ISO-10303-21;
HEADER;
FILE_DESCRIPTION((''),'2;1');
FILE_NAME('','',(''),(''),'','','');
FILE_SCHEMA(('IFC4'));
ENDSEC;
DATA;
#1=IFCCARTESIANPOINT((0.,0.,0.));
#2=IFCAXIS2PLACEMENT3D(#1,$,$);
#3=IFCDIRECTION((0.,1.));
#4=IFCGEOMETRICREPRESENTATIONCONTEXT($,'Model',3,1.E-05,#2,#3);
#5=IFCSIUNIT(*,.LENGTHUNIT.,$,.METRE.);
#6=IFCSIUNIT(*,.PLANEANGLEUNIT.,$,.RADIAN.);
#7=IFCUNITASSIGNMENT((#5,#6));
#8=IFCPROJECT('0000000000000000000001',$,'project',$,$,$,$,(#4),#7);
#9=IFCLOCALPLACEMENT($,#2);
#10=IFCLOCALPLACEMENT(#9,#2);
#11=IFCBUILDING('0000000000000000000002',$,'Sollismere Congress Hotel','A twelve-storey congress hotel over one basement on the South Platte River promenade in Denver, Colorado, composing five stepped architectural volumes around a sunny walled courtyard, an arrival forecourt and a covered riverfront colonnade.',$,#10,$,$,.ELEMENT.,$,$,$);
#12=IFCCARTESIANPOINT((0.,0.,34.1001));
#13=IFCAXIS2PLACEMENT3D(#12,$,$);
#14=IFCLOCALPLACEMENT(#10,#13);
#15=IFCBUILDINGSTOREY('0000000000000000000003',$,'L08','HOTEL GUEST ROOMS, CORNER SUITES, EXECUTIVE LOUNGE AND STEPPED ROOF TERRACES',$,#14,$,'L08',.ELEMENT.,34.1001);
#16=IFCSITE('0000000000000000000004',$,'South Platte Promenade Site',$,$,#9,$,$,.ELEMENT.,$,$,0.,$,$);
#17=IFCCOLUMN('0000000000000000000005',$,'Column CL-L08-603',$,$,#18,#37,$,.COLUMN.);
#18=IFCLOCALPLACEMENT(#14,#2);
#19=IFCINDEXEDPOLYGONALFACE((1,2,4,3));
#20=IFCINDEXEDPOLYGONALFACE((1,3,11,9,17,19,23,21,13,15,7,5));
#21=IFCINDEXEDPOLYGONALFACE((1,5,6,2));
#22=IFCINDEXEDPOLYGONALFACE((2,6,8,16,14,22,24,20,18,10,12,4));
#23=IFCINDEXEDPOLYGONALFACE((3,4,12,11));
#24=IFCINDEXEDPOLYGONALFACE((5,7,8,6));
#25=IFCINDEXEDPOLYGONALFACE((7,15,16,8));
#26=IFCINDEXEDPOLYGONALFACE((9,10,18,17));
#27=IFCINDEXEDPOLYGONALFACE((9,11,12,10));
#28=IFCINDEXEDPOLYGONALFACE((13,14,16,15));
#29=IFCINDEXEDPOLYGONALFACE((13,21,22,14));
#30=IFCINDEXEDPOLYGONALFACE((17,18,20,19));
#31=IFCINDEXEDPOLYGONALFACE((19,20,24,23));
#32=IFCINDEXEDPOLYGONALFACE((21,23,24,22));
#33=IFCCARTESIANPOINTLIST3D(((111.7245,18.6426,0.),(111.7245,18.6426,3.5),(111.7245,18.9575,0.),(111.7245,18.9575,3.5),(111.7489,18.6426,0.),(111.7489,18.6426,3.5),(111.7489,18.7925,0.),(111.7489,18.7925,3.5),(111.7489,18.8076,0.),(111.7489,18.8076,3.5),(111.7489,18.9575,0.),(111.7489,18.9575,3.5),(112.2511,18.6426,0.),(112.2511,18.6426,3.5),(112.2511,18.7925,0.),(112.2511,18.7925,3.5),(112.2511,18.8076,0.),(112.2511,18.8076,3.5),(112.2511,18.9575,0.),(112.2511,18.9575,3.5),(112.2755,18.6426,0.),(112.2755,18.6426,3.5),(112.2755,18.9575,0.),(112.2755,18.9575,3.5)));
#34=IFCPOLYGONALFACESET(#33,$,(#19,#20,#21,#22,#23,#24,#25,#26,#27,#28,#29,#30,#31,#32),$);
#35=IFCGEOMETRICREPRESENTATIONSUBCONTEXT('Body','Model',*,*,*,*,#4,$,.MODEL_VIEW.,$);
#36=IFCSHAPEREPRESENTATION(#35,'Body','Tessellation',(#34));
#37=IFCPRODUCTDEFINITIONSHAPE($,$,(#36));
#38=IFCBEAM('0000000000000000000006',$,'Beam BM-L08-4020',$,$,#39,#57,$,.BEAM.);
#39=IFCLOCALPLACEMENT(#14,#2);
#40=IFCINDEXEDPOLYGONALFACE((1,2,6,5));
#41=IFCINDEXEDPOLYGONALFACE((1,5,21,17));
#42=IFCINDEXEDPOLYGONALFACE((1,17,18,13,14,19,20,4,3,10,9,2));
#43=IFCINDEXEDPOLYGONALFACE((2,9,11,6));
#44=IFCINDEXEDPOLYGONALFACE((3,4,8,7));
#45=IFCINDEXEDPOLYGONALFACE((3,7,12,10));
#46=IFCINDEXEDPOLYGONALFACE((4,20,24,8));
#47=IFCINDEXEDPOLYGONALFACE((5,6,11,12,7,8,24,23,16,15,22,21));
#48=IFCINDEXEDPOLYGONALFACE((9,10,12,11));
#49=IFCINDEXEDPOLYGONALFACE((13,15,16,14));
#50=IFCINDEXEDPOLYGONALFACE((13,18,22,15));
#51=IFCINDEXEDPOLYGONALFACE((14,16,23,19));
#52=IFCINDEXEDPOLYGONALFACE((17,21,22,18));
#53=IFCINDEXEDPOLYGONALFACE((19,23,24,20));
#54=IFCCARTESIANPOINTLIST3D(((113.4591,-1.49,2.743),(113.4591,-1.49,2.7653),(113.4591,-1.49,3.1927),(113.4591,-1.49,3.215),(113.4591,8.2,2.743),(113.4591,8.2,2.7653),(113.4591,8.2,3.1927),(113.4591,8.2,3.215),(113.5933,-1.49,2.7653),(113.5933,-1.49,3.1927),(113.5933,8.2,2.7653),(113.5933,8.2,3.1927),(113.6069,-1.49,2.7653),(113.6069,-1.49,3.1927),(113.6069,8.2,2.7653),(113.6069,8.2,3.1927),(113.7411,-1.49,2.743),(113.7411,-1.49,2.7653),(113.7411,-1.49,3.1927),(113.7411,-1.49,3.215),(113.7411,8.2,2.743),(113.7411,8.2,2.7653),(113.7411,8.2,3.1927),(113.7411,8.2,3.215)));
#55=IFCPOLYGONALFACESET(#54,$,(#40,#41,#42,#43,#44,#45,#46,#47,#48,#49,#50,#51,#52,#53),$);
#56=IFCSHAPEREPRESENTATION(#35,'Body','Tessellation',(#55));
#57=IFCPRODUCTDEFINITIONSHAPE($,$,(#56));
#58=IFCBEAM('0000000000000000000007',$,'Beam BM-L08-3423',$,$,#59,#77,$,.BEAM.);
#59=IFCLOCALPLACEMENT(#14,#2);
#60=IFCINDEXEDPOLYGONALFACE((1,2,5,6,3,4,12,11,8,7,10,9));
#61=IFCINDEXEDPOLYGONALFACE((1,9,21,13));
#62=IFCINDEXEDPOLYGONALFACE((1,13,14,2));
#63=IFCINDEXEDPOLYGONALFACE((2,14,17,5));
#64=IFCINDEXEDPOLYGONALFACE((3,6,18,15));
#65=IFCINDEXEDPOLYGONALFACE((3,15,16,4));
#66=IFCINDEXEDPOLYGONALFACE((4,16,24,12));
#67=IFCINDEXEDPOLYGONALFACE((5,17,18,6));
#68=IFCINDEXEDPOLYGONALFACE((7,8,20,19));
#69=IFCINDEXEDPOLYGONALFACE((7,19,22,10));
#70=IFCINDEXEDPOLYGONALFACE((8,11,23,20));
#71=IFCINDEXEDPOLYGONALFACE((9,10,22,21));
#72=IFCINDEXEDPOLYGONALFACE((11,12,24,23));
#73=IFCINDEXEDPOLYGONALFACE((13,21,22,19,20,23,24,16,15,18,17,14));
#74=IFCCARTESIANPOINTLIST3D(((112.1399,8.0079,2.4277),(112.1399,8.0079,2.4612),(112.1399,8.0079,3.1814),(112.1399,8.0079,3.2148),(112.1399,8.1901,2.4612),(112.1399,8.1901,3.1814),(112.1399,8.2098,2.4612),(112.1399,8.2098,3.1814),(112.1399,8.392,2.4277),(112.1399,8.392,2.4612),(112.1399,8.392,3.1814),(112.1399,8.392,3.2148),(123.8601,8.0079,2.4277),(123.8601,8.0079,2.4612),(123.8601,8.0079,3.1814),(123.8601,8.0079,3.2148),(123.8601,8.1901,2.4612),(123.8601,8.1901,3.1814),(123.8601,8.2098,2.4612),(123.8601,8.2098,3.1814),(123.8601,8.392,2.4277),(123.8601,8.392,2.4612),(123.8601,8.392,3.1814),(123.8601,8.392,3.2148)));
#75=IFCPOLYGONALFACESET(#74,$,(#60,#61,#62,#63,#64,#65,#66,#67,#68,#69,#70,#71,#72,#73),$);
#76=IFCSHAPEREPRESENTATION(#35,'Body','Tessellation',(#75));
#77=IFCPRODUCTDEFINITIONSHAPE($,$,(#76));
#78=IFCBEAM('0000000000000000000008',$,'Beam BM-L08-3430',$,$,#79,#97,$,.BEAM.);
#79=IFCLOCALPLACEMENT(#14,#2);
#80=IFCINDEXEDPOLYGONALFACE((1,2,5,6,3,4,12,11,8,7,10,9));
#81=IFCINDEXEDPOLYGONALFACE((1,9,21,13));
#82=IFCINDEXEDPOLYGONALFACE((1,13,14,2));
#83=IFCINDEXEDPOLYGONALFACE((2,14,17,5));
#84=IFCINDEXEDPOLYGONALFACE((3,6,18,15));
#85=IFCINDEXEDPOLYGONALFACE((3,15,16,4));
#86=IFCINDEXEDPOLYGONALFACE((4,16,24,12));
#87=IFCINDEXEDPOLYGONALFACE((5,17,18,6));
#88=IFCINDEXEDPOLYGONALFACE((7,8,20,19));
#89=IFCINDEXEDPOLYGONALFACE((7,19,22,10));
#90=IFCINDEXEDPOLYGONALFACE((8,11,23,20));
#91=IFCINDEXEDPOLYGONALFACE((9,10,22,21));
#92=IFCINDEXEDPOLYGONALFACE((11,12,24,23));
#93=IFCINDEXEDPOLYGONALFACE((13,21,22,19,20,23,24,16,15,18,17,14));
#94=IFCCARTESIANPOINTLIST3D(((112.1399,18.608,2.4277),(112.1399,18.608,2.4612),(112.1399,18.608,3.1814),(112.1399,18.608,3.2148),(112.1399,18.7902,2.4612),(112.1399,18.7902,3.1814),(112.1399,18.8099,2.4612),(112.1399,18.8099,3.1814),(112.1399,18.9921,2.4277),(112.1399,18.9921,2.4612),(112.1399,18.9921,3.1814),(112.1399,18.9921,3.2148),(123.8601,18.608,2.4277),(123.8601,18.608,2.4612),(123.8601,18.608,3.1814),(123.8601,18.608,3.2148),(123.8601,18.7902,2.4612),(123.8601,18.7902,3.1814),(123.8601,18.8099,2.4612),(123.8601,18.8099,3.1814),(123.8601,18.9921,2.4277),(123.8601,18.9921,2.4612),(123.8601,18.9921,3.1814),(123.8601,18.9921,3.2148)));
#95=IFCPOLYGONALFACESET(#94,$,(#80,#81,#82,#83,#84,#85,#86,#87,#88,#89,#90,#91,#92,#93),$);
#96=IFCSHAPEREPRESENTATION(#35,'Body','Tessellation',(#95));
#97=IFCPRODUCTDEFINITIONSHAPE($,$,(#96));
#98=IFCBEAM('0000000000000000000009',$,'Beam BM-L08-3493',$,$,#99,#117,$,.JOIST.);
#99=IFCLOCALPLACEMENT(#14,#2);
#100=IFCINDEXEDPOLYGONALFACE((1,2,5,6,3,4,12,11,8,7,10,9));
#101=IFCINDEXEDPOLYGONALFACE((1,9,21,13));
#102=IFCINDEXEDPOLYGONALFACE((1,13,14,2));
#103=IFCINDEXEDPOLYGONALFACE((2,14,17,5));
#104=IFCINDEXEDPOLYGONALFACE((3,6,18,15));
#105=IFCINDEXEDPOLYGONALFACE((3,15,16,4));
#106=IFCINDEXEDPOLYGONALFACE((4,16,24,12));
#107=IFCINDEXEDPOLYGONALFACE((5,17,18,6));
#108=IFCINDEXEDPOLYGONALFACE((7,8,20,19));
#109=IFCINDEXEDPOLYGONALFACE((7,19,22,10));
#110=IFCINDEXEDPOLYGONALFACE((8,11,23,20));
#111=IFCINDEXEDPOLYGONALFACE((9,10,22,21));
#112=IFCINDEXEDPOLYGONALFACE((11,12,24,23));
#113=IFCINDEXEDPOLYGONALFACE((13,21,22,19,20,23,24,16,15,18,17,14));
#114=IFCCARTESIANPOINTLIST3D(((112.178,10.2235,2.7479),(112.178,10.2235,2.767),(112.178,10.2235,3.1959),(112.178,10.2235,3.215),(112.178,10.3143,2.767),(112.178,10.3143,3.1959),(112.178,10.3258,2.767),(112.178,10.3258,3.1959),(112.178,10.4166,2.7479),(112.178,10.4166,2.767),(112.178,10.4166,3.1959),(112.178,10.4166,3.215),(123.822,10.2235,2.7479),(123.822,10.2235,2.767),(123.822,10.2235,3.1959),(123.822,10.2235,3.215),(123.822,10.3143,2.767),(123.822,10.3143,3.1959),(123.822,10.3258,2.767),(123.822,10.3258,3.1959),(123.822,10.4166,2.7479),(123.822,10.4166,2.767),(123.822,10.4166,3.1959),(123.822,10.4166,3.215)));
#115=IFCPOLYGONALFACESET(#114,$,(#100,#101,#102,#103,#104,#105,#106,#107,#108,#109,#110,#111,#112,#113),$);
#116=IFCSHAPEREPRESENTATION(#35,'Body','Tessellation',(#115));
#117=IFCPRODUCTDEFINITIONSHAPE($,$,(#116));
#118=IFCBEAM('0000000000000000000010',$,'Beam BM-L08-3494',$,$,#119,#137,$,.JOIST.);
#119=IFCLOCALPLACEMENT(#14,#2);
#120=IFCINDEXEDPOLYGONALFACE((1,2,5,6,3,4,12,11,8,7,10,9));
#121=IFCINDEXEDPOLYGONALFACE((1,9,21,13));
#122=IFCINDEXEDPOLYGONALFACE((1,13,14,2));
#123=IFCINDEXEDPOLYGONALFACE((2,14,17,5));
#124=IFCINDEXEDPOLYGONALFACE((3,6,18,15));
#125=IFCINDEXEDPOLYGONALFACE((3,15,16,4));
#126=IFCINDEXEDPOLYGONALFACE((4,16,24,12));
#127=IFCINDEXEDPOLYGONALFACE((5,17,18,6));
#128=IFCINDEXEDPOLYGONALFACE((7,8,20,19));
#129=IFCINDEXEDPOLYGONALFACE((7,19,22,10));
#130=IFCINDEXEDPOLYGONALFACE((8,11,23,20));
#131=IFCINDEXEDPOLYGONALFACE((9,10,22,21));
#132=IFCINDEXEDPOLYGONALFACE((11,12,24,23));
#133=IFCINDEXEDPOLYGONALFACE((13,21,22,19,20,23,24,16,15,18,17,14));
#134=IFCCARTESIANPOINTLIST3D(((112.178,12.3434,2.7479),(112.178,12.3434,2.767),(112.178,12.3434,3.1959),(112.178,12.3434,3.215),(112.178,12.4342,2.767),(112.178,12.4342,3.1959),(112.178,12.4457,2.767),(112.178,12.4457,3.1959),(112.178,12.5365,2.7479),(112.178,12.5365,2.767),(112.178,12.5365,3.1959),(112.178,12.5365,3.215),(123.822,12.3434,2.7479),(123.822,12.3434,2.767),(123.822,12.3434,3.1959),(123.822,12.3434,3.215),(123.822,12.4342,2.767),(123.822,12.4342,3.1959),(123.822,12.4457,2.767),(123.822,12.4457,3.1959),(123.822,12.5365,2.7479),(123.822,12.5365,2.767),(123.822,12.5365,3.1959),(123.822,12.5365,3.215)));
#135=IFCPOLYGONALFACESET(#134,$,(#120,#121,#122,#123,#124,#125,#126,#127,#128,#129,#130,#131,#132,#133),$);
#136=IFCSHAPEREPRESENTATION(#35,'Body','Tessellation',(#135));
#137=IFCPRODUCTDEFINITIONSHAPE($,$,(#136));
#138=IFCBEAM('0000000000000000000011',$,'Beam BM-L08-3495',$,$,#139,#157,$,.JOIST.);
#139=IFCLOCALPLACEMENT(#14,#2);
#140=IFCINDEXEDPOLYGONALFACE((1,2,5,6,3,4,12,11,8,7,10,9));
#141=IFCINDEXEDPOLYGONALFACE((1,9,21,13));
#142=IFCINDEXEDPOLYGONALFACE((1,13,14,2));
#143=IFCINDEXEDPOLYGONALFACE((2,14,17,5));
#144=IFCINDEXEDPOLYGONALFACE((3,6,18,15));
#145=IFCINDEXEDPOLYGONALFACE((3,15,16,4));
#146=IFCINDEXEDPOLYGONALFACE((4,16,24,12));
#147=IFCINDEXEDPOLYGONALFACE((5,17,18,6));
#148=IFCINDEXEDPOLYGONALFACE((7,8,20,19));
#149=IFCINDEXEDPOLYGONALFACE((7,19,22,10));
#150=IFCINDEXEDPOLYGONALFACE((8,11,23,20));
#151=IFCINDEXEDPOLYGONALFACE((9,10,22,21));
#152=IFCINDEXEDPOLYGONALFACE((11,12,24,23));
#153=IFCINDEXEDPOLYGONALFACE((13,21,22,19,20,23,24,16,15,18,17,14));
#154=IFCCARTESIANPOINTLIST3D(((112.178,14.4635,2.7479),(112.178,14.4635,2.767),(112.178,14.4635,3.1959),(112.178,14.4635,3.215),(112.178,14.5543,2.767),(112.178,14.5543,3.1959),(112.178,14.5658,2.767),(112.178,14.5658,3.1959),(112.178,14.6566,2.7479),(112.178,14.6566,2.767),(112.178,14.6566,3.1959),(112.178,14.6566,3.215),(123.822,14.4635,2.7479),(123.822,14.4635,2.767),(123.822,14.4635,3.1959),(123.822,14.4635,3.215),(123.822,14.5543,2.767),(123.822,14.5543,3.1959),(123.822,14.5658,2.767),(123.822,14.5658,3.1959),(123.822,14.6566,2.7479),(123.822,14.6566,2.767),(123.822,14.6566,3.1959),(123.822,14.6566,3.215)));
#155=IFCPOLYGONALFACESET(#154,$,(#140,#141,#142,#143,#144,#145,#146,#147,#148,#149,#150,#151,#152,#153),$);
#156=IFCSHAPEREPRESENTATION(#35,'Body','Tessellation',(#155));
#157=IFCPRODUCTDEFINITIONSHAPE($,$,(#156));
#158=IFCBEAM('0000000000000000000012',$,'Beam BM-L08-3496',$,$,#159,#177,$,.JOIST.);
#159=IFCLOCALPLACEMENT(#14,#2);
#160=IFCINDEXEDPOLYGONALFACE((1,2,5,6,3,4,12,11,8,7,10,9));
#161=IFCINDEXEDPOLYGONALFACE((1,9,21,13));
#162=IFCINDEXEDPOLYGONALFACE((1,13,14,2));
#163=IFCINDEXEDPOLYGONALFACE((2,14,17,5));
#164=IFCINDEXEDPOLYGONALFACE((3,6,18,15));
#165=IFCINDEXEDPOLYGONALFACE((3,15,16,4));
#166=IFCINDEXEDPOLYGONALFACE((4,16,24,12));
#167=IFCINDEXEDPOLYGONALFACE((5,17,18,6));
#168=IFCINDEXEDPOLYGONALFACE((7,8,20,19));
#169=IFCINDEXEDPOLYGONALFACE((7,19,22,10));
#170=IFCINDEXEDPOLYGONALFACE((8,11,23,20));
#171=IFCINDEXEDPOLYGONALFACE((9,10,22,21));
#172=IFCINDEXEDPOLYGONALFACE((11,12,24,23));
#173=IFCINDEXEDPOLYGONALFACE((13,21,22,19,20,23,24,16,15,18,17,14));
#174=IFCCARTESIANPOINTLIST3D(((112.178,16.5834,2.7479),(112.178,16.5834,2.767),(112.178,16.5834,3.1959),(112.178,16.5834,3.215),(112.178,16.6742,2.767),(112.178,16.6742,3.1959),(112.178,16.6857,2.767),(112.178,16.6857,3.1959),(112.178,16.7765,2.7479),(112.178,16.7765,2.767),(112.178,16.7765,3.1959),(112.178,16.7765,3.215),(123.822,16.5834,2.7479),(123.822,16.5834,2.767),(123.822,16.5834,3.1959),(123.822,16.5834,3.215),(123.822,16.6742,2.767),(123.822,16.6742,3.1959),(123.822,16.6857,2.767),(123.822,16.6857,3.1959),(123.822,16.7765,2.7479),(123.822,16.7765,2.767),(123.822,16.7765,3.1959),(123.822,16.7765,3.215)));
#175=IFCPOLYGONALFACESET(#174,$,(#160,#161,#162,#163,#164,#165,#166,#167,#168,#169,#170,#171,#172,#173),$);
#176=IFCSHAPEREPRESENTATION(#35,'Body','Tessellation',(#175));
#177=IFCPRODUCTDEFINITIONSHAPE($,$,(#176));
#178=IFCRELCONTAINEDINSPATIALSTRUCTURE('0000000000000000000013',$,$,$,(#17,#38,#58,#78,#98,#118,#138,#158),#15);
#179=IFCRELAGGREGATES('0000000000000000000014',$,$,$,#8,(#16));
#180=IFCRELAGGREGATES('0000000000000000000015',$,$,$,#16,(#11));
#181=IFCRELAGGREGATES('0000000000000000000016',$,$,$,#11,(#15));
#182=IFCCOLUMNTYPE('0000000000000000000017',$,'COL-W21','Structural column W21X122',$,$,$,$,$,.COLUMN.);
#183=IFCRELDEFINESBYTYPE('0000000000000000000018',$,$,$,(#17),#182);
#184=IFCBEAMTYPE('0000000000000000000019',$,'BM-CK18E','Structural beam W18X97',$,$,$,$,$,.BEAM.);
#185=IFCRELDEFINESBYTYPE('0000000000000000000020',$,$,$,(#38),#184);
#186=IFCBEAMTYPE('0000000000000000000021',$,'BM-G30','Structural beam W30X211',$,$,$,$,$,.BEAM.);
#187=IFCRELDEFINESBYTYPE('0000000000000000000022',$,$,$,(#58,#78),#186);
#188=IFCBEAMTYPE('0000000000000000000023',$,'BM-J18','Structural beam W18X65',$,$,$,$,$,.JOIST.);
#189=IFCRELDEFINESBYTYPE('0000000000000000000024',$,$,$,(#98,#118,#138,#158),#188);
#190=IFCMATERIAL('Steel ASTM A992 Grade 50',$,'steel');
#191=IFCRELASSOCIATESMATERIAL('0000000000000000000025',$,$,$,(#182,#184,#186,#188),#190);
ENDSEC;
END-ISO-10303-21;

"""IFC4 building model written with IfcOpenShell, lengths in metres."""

from ifc_helpers import new_model, si_unit, direction, frame, origin, origin_2d, place, context, subcontext, project, spatial, i_section, extrude, material, material_profile, profile_set, type_object, element, save


model = new_model("IFC4")

# Units and contexts
model_context = context("Model", 3, precision=1e-05, world=origin(), true_north=direction((0.0, 1.0)))
body_context = subcontext(model_context, "Body", "Model", "MODEL_VIEW")
ifc_project = project(units=[si_unit("LENGTHUNIT", "METRE"), si_unit("PLANEANGLEUNIT", "RADIAN")], contexts=[model_context])

# Site, building, storey
site_placement = place(None, origin())
site = spatial("IfcSite", under=ifc_project, at=site_placement, Name="South Platte Promenade Site", CompositionType="ELEMENT", RefElevation=0.0)
building_placement = place(site_placement, origin())
building = spatial("IfcBuilding", under=site, at=building_placement, Name="Sollismere Congress Hotel", Description="A twelve-storey congress hotel over one basement on the South Platte River promenade in Denver, Colorado, composing five stepped architectural volumes around a sunny walled courtyard, an arrival forecourt and a covered riverfront colonnade.", CompositionType="ELEMENT")
storey_placement = place(building_placement, frame((0.0, 0.0, 34.1001)))
storey = spatial("IfcBuildingStorey", under=building, at=storey_placement, Name="L08", Description="HOTEL GUEST ROOMS, CORNER SUITES, EXECUTIVE LOUNGE AND STEPPED ROOF TERRACES", LongName="L08", CompositionType="ELEMENT", Elevation=34.1001)

# Column
ifc_material_1 = material(Name="Steel ASTM A992 Grade 50", Category="steel")
ifc_material_profile_1 = material_profile(ifc_material_1, i_section(OverallWidth=0.3149, OverallDepth=0.551, WebThickness=0.0151, FlangeThickness=0.0244, at=origin_2d()), Name="W21X122")
ifc_profile_set_1 = profile_set([ifc_material_profile_1], Name="Steel ASTM A992 Grade 50")
column_type = type_object("IfcColumnType", Name="COL-W21", Description="Structural column W21X122", PredefinedType="COLUMN", material=ifc_profile_set_1)
column_placement = place(storey_placement, frame((112.0, 18.8, 0.0), z_axis=(0.0, 0.0, 1.0), x_axis=(0.0, 1.0, 0.0)))
element("IfcColumn", 1, at=column_placement, inside=storey, type_object=column_type, Name="Column CL-L08-603", PredefinedType="COLUMN", context=body_context, shape_type="SweptSolid", body=[
    extrude(i_section(OverallWidth=0.3149, OverallDepth=0.551, WebThickness=0.0151, FlangeThickness=0.0244, at=origin_2d()), origin(), (0.0, 0.0, 1.0), 3.5),
])

# Beams
ifc_material_profile_2 = material_profile(ifc_material_1, i_section(OverallWidth=0.282, OverallDepth=0.4719, WebThickness=0.0137, FlangeThickness=0.0222, at=origin_2d()), Name="W18X97")
ifc_profile_set_2 = profile_set([ifc_material_profile_2], Name="Steel ASTM A992 Grade 50")
beam_type_1 = type_object("IfcBeamType", Name="BM-CK18E", Description="Structural beam W18X97", PredefinedType="BEAM", material=ifc_profile_set_2)
beam_placement = place(storey_placement, frame((113.6001, 8.2, 2.979), z_axis=(0.0, -1.0, 0.0), x_axis=(1.0, 0.0, 0.0)))
element("IfcBeam", 2, at=beam_placement, inside=storey, type_object=beam_type_1, Name="Beam BM-L08-4020", PredefinedType="BEAM", context=body_context, shape_type="SweptSolid", body=[
    extrude(i_section(OverallWidth=0.282, OverallDepth=0.4719, WebThickness=0.0137, FlangeThickness=0.0222, at=origin_2d()), origin(), (0.0, 0.0, 1.0), 9.6899),
])
ifc_material_profile_3 = material_profile(ifc_material_1, i_section(OverallWidth=0.384, OverallDepth=0.7871, WebThickness=0.0198, FlangeThickness=0.0334, at=origin_2d()), Name="W30X211")
ifc_profile_set_3 = profile_set([ifc_material_profile_3], Name="Steel ASTM A992 Grade 50")
beam_type_2 = type_object("IfcBeamType", Name="BM-G30", Description="Structural beam W30X211", PredefinedType="BEAM", material=ifc_profile_set_3)
for number, where, z_axis, x_axis, name in (
    (3, (112.1399, 8.2, 2.8213), (1.0, 0.0, 0.0), (0.0, 1.0, 0.0), "Beam BM-L08-3423"),
    (4, (112.1399, 18.8, 2.8213), (1.0, 0.0, 0.0), (0.0, 1.0, 0.0), "Beam BM-L08-3430"),
):
    element("IfcBeam", number, at=place(storey_placement, frame(where, z_axis=z_axis, x_axis=x_axis)), inside=storey, type_object=beam_type_2, Name=name, PredefinedType="BEAM", context=body_context, shape_type="SweptSolid", body=[
        extrude(i_section(OverallWidth=0.384, OverallDepth=0.7871, WebThickness=0.0198, FlangeThickness=0.0334, at=origin_2d()), origin(), (0.0, 0.0, 1.0), 11.7202),
    ])
ifc_material_profile_4 = material_profile(ifc_material_1, i_section(OverallWidth=0.1931, OverallDepth=0.467, WebThickness=0.0115, FlangeThickness=0.019, at=origin_2d()), Name="W18X65")
ifc_profile_set_4 = profile_set([ifc_material_profile_4], Name="Steel ASTM A992 Grade 50")
beam_type_3 = type_object("IfcBeamType", Name="BM-J18", Description="Structural beam W18X65", PredefinedType="JOIST", material=ifc_profile_set_4)
for number, where, z_axis, x_axis, name in (
    (5, (112.178, 10.3201, 2.9814), (1.0, 0.0, 0.0), (0.0, 1.0, 0.0), "Beam BM-L08-3493"),
    (6, (112.178, 12.4399, 2.9814), (1.0, 0.0, 0.0), (0.0, 1.0, 0.0), "Beam BM-L08-3494"),
    (7, (112.178, 14.5601, 2.9814), (1.0, 0.0, 0.0), (0.0, 1.0, 0.0), "Beam BM-L08-3495"),
    (8, (112.178, 16.6799, 2.9814), (1.0, 0.0, 0.0), (0.0, 1.0, 0.0), "Beam BM-L08-3496"),
):
    element("IfcBeam", number, at=place(storey_placement, frame(where, z_axis=z_axis, x_axis=x_axis)), inside=storey, type_object=beam_type_3, Name=name, PredefinedType="JOIST", context=body_context, shape_type="SweptSolid", body=[
        extrude(i_section(OverallWidth=0.1931, OverallDepth=0.467, WebThickness=0.0115, FlangeThickness=0.019, at=origin_2d()), origin(), (0.0, 0.0, 1.0), 11.644),
    ])

save(model, "model.ifc")
